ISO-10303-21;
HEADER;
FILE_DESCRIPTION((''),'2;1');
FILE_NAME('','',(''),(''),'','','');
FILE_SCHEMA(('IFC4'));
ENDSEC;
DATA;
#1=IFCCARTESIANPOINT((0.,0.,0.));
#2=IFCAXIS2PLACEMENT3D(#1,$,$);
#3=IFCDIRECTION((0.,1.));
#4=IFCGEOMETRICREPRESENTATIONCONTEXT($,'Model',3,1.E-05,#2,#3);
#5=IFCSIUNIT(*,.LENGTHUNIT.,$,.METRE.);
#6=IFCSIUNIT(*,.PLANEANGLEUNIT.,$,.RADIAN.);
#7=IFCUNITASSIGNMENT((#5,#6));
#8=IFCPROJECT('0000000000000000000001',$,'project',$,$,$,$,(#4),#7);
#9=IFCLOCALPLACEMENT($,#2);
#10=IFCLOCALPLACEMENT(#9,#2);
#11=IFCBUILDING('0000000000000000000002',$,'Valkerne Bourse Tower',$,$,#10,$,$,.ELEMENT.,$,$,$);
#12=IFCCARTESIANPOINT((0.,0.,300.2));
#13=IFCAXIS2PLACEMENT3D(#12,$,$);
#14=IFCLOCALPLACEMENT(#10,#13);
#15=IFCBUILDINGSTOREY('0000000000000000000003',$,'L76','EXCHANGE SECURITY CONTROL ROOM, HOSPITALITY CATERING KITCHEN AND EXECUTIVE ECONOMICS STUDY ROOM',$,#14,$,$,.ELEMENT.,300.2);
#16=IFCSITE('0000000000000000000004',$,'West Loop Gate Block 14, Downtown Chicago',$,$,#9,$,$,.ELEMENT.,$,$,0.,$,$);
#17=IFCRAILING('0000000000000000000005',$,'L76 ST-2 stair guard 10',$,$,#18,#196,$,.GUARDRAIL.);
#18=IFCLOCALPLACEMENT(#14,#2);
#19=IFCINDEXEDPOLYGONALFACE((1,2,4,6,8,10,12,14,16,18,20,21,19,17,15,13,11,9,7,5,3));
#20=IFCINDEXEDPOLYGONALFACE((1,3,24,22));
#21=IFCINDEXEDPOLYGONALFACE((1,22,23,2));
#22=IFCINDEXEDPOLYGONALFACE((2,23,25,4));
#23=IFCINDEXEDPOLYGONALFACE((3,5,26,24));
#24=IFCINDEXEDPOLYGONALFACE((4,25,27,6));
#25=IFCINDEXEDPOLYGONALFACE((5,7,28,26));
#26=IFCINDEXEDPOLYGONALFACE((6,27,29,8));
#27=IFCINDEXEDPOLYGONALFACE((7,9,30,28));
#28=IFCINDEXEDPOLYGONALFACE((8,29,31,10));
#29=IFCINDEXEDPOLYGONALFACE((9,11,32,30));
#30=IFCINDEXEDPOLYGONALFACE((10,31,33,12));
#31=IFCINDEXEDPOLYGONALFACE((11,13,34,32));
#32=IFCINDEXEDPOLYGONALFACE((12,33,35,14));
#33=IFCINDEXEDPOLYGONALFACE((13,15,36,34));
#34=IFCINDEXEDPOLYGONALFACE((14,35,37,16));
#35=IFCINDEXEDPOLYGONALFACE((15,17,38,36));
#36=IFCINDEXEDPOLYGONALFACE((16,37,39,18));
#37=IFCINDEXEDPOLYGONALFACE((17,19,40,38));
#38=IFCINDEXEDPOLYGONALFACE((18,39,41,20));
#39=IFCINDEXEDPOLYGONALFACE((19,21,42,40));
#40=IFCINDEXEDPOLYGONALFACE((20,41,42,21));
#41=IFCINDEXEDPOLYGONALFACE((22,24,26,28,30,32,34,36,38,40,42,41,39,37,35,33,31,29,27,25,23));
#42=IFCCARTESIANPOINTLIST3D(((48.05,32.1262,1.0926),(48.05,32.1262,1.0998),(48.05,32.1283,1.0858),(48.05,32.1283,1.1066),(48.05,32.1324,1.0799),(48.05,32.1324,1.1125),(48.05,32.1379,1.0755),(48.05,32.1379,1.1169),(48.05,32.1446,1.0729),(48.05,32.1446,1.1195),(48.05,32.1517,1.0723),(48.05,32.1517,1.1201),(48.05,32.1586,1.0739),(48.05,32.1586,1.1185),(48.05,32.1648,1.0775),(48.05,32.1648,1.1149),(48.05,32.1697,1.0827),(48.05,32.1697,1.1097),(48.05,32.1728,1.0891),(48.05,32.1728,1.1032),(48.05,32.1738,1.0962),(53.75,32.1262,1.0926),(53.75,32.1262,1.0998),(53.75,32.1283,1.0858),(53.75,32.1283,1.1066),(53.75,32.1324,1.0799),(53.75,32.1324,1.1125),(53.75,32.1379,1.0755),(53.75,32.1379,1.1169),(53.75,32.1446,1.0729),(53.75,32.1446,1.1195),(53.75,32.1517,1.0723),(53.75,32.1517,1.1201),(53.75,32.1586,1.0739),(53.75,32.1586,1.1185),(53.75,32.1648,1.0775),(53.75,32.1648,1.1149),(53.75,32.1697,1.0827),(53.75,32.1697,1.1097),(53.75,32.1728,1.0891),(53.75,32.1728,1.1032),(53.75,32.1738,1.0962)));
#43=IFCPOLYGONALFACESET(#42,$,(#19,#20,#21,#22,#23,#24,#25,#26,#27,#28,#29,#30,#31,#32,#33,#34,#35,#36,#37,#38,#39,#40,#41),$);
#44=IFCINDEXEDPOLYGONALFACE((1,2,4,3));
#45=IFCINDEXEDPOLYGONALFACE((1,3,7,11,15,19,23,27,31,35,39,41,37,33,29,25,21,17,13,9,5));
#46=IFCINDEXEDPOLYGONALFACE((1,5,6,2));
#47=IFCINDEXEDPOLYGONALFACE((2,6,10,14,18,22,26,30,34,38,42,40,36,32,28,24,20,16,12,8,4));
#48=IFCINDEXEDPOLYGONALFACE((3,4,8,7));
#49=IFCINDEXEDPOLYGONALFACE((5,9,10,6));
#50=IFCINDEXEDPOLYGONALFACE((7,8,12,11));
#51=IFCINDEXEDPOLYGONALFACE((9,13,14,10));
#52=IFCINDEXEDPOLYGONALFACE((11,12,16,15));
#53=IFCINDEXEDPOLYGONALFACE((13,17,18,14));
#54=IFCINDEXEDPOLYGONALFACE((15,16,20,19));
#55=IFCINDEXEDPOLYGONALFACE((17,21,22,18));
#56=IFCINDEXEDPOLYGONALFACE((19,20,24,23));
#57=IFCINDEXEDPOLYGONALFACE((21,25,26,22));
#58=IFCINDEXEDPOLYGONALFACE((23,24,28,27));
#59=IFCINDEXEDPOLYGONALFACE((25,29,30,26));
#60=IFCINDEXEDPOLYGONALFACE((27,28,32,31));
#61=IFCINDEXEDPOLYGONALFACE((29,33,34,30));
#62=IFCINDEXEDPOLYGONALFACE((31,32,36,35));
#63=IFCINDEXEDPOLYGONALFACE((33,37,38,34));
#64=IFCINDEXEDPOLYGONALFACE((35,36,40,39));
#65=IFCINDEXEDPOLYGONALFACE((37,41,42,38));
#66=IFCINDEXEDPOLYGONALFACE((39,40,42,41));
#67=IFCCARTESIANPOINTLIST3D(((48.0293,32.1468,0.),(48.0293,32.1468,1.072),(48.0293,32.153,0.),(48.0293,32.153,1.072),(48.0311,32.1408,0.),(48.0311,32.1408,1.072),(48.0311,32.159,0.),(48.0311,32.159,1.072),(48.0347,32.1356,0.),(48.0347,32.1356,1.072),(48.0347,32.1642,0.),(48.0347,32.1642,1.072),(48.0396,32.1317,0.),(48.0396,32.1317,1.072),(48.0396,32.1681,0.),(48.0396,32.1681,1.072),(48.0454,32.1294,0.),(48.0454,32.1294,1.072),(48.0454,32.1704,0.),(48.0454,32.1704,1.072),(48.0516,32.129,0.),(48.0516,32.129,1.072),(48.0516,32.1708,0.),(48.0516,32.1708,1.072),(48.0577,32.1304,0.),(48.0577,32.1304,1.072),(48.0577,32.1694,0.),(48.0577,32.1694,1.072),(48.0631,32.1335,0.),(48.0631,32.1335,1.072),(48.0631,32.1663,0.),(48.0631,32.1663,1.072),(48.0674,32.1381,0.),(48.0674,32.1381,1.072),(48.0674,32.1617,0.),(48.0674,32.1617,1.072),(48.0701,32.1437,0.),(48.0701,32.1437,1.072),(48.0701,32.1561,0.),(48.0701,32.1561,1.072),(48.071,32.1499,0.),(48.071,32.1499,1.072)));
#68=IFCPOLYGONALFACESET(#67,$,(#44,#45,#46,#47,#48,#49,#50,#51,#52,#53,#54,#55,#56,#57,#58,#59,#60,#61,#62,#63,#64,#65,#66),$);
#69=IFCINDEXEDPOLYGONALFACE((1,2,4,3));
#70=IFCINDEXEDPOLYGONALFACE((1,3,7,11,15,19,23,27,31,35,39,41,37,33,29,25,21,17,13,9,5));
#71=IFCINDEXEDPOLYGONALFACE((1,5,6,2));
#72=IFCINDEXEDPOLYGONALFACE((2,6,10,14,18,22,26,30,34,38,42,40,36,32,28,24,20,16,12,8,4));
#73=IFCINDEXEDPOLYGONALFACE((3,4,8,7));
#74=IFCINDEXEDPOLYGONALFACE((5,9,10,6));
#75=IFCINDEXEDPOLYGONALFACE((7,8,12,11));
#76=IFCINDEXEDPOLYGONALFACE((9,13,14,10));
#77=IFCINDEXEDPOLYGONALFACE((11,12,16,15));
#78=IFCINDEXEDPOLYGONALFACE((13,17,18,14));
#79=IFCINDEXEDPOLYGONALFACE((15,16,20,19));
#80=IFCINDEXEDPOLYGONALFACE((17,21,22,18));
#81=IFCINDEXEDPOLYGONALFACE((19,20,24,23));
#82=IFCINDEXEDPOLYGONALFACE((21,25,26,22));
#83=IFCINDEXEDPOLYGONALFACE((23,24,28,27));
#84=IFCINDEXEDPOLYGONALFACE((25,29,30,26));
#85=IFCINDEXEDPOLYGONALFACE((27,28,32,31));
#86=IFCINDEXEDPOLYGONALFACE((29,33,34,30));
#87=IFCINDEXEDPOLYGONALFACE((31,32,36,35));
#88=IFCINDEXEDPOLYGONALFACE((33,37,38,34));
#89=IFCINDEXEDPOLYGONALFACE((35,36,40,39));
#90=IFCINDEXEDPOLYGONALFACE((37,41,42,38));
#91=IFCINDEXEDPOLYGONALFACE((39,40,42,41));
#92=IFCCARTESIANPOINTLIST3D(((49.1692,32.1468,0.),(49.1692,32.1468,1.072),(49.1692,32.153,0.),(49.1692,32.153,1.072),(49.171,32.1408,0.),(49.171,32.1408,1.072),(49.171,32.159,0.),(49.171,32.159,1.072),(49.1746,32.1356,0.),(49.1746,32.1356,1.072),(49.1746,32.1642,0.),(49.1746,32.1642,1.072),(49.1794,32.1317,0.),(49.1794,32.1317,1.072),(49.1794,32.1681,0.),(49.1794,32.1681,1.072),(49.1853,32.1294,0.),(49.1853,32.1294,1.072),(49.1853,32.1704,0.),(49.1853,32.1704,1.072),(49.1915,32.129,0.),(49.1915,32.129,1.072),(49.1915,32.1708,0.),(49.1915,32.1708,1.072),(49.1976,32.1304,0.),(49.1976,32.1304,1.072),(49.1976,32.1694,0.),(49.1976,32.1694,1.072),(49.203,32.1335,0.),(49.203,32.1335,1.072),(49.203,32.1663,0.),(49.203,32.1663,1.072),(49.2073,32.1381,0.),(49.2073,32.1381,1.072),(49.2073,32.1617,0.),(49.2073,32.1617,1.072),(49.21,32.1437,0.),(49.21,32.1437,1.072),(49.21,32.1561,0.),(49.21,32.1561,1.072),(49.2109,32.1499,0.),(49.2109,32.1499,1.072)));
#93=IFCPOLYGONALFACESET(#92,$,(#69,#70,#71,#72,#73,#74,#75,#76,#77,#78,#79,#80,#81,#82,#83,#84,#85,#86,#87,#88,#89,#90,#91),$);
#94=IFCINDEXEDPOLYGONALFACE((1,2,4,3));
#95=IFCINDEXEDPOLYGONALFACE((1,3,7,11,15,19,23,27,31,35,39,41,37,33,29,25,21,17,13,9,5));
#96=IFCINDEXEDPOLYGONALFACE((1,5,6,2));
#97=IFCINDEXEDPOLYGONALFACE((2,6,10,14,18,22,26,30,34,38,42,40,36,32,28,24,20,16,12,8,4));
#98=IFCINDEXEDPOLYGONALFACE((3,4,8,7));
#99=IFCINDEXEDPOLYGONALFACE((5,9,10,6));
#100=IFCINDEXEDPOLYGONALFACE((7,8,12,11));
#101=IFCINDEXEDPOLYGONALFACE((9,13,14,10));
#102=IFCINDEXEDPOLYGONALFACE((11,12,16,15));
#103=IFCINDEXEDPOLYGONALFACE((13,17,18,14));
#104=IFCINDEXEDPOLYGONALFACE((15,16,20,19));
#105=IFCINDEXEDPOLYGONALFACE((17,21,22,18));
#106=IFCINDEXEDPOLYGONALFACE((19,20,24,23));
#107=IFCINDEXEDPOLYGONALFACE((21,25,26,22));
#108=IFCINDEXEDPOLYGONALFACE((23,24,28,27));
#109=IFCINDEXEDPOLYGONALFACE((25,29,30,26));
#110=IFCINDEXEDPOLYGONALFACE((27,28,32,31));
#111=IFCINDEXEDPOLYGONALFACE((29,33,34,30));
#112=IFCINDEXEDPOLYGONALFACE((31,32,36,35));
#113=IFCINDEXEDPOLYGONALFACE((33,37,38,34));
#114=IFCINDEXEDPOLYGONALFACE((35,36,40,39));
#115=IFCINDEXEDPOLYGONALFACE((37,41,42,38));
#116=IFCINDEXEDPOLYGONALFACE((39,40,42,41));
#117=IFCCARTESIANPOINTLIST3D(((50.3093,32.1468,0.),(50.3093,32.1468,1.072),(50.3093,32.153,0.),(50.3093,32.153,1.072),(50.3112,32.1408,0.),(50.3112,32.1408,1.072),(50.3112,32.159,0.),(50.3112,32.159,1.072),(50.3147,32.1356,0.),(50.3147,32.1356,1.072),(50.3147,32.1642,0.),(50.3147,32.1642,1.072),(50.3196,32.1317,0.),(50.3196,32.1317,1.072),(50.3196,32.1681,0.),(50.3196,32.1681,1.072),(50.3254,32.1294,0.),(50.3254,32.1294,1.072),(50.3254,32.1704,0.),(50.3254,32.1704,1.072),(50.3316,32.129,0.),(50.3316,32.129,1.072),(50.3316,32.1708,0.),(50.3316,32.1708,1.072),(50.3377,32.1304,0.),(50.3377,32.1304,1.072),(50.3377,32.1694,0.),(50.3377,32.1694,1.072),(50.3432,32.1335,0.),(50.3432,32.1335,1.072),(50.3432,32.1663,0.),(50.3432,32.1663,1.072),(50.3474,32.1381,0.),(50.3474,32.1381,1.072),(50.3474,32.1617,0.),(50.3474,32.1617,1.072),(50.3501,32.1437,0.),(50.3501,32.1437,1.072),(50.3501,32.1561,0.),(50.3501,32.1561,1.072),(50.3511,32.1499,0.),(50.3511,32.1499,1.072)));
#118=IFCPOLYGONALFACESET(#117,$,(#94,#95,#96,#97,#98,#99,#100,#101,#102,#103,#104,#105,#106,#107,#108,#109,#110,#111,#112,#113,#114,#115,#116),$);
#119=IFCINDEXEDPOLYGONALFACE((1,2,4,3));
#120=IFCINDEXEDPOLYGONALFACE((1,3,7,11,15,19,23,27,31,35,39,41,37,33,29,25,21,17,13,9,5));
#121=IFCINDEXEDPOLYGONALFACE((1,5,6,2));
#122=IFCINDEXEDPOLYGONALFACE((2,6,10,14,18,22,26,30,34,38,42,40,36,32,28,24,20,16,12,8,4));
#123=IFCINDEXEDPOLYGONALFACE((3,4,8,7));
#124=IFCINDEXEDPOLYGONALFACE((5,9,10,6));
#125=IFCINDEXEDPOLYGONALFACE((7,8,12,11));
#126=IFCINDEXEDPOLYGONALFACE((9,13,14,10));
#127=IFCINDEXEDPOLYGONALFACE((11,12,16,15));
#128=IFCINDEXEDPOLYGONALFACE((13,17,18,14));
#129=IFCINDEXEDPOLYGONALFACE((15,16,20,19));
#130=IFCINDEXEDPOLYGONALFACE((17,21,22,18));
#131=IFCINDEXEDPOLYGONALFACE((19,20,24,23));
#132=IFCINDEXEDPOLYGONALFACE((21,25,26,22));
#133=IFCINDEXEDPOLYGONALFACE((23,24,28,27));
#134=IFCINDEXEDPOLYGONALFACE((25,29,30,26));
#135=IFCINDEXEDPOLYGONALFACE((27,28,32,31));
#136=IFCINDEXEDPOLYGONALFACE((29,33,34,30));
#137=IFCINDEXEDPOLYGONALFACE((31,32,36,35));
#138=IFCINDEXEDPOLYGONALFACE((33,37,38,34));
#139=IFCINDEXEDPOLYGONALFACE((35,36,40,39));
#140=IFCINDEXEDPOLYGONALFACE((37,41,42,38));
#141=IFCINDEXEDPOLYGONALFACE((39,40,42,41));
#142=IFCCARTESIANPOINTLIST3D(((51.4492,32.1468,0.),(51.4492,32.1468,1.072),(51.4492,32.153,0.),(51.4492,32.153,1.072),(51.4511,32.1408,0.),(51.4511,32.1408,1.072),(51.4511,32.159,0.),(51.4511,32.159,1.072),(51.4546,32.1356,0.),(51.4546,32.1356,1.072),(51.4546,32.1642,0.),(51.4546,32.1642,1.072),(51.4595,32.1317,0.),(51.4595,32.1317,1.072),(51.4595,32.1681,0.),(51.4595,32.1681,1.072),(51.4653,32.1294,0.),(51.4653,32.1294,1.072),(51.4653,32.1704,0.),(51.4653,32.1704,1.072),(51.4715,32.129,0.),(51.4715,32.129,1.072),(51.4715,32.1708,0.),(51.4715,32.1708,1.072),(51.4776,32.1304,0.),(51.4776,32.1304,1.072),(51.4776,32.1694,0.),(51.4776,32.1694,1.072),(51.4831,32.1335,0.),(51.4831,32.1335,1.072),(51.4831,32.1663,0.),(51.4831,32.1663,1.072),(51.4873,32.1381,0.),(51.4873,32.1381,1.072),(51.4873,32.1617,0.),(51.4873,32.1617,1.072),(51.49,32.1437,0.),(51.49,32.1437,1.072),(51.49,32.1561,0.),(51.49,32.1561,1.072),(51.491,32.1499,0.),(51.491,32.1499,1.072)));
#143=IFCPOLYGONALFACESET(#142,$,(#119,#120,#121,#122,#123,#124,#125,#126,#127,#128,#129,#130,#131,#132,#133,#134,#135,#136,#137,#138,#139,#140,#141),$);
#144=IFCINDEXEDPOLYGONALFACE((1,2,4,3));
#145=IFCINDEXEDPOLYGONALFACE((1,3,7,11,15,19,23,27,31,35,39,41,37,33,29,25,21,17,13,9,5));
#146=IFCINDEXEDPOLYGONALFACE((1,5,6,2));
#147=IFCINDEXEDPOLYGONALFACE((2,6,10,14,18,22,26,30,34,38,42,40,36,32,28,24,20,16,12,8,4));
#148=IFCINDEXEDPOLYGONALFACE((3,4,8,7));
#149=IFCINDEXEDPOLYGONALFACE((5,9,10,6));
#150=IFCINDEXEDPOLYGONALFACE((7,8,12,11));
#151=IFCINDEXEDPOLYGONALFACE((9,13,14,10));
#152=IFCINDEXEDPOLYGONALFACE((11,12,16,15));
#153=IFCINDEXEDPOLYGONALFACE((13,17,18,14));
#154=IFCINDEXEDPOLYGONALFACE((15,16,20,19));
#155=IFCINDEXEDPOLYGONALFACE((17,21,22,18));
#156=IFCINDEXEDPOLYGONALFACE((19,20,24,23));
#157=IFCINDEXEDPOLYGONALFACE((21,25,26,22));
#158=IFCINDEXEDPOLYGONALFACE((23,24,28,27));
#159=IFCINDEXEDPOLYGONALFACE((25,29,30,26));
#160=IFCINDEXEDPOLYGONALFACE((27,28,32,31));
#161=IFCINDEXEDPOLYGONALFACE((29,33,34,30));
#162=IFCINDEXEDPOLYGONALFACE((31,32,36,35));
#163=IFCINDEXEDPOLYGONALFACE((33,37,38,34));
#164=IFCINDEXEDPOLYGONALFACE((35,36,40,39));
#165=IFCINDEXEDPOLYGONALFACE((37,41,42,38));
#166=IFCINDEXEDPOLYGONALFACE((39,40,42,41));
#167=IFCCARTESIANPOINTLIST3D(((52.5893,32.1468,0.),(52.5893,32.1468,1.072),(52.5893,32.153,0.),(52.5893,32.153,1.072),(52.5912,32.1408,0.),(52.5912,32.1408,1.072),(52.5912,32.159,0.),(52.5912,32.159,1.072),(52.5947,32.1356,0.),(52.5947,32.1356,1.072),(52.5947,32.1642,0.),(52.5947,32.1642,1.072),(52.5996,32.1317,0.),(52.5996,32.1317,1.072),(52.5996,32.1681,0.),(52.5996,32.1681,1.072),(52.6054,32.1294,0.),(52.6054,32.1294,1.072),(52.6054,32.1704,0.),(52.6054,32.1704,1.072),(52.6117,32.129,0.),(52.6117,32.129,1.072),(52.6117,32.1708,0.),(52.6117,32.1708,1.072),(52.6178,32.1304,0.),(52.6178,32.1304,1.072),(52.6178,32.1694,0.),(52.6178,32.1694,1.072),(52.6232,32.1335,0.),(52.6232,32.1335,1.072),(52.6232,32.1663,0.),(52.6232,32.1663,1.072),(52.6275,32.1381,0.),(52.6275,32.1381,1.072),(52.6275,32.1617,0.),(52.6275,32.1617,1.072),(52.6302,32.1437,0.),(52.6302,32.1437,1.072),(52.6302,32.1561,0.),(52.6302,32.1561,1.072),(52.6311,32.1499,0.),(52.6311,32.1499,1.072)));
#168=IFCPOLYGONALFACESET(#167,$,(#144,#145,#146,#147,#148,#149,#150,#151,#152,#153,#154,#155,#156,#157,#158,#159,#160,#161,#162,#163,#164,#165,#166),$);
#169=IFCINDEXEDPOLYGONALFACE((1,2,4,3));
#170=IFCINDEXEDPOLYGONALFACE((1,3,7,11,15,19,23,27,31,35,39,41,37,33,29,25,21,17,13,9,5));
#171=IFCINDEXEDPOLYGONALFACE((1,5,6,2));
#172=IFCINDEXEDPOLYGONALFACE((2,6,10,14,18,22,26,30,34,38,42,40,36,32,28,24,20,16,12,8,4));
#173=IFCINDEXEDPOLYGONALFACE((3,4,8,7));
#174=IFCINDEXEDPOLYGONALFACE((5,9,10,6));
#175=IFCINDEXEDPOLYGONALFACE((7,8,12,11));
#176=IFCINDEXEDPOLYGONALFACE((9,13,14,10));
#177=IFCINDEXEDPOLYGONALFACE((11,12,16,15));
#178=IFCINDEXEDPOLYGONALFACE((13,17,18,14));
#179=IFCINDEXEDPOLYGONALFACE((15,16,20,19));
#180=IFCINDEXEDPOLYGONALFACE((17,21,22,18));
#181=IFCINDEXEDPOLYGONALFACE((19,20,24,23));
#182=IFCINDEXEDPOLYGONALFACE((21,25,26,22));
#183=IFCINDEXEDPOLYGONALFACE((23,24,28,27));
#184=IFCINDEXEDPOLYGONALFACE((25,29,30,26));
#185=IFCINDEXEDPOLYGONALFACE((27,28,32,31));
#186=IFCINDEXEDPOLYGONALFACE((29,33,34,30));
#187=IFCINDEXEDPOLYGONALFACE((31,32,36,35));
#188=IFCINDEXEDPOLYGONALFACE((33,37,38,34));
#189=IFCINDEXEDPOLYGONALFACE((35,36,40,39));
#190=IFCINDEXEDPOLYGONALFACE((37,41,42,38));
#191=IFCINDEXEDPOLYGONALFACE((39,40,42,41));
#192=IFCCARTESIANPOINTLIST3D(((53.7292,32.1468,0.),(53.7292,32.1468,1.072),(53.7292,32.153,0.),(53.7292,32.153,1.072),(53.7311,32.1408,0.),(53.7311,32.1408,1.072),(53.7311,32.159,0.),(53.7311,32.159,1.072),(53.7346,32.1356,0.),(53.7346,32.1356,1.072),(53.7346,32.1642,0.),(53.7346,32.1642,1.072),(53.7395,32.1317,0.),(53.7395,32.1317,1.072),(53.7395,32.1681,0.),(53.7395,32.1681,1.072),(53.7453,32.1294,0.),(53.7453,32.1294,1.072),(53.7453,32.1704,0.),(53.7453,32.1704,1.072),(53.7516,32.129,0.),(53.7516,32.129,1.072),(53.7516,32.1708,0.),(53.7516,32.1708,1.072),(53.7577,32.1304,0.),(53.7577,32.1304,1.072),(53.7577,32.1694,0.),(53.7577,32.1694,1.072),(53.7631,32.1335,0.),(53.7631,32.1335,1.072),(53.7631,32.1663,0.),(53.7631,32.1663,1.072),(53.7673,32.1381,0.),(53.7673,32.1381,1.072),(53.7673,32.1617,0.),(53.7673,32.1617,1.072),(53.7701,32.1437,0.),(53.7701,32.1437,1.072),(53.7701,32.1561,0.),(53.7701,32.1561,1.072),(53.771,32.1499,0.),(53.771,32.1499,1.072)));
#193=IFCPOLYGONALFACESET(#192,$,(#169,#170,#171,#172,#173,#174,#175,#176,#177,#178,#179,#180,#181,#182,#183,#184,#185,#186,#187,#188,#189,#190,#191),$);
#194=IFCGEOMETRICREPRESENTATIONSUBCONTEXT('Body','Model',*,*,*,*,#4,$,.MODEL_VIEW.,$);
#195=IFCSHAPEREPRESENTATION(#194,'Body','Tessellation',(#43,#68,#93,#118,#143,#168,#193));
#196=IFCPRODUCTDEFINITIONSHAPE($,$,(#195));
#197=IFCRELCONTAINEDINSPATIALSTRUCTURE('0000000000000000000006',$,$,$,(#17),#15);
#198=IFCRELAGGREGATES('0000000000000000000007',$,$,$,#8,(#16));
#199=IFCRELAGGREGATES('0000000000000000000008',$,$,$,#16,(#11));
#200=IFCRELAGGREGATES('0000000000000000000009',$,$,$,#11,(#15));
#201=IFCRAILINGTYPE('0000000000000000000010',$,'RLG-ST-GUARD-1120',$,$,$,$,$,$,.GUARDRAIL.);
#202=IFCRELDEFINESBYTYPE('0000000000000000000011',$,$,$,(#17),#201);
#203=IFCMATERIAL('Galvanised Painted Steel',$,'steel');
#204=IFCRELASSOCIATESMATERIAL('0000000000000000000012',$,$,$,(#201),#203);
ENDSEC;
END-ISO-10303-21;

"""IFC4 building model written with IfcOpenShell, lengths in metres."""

from ifc_helpers import new_model, si_unit, direction, frame, origin, origin_2d, place, context, subcontext, project, spatial, circle, extrude, material, type_object, element, save


model = new_model("IFC4")

# Units and contexts
model_context = context("Model", 3, precision=1e-05, world=origin(), true_north=direction((0.0, 1.0)))
body_context = subcontext(model_context, "Body", "Model", "MODEL_VIEW")
ifc_project = project(units=[si_unit("LENGTHUNIT", "METRE"), si_unit("PLANEANGLEUNIT", "RADIAN")], contexts=[model_context])

# Site, building, storey
site_placement = place(None, origin())
site = spatial("IfcSite", under=ifc_project, at=site_placement, Name="West Loop Gate Block 14, Downtown Chicago", CompositionType="ELEMENT", RefElevation=0.0)
building_placement = place(site_placement, origin())
building = spatial("IfcBuilding", under=site, at=building_placement, Name="Valkerne Bourse Tower", CompositionType="ELEMENT")
storey_placement = place(building_placement, frame((0.0, 0.0, 300.2)))
storey = spatial("IfcBuildingStorey", under=building, at=storey_placement, Name="L76", Description="EXCHANGE SECURITY CONTROL ROOM, HOSPITALITY CATERING KITCHEN AND EXECUTIVE ECONOMICS STUDY ROOM", CompositionType="ELEMENT", Elevation=300.2)

# Shared definitions
ifc_material_1 = material(Name="Galvanised Painted Steel", Category="steel")

# Railing
railing_type_1 = type_object("IfcRailingType", Name="RLG-ST-GUARD-1120", PredefinedType="GUARDRAIL", material=ifc_material_1)
railing_1_placement = place(storey_placement, frame((48.05, 32.1499, 0.0)))
element("IfcRailing", 1, at=railing_1_placement, inside=storey, type_object=railing_type_1, Name="L76 ST-2 stair guard 10", PredefinedType="GUARDRAIL", context=body_context, shape_type="SweptSolid", body=[
    extrude(circle(Radius=0.0239, at=origin_2d()), frame((0.0, 0.0, 1.0962), z_axis=(1.0, 0.0, 0.0), x_axis=(0.0, 1.0, 0.0)), (0.0, 0.0, 1.0), 5.7),
    extrude(circle(Radius=0.021, at=origin_2d()), origin(), (0.0, 0.0, 1.0), 1.072),
    extrude(circle(Radius=0.021, at=origin_2d()), frame((1.1399, 0.0, 0.0)), (0.0, 0.0, 1.0), 1.072),
    extrude(circle(Radius=0.021, at=origin_2d()), frame((2.28, 0.0, 0.0)), (0.0, 0.0, 1.0), 1.072),
    extrude(circle(Radius=0.021, at=origin_2d()), frame((3.4199, 0.0, 0.0)), (0.0, 0.0, 1.0), 1.072),
    extrude(circle(Radius=0.021, at=origin_2d()), frame((4.5601, 0.0, 0.0)), (0.0, 0.0, 1.0), 1.072),
    extrude(circle(Radius=0.021, at=origin_2d()), frame((5.7, 0.0, 0.0)), (0.0, 0.0, 1.0), 1.072),
])

save(model, "model.ifc")
